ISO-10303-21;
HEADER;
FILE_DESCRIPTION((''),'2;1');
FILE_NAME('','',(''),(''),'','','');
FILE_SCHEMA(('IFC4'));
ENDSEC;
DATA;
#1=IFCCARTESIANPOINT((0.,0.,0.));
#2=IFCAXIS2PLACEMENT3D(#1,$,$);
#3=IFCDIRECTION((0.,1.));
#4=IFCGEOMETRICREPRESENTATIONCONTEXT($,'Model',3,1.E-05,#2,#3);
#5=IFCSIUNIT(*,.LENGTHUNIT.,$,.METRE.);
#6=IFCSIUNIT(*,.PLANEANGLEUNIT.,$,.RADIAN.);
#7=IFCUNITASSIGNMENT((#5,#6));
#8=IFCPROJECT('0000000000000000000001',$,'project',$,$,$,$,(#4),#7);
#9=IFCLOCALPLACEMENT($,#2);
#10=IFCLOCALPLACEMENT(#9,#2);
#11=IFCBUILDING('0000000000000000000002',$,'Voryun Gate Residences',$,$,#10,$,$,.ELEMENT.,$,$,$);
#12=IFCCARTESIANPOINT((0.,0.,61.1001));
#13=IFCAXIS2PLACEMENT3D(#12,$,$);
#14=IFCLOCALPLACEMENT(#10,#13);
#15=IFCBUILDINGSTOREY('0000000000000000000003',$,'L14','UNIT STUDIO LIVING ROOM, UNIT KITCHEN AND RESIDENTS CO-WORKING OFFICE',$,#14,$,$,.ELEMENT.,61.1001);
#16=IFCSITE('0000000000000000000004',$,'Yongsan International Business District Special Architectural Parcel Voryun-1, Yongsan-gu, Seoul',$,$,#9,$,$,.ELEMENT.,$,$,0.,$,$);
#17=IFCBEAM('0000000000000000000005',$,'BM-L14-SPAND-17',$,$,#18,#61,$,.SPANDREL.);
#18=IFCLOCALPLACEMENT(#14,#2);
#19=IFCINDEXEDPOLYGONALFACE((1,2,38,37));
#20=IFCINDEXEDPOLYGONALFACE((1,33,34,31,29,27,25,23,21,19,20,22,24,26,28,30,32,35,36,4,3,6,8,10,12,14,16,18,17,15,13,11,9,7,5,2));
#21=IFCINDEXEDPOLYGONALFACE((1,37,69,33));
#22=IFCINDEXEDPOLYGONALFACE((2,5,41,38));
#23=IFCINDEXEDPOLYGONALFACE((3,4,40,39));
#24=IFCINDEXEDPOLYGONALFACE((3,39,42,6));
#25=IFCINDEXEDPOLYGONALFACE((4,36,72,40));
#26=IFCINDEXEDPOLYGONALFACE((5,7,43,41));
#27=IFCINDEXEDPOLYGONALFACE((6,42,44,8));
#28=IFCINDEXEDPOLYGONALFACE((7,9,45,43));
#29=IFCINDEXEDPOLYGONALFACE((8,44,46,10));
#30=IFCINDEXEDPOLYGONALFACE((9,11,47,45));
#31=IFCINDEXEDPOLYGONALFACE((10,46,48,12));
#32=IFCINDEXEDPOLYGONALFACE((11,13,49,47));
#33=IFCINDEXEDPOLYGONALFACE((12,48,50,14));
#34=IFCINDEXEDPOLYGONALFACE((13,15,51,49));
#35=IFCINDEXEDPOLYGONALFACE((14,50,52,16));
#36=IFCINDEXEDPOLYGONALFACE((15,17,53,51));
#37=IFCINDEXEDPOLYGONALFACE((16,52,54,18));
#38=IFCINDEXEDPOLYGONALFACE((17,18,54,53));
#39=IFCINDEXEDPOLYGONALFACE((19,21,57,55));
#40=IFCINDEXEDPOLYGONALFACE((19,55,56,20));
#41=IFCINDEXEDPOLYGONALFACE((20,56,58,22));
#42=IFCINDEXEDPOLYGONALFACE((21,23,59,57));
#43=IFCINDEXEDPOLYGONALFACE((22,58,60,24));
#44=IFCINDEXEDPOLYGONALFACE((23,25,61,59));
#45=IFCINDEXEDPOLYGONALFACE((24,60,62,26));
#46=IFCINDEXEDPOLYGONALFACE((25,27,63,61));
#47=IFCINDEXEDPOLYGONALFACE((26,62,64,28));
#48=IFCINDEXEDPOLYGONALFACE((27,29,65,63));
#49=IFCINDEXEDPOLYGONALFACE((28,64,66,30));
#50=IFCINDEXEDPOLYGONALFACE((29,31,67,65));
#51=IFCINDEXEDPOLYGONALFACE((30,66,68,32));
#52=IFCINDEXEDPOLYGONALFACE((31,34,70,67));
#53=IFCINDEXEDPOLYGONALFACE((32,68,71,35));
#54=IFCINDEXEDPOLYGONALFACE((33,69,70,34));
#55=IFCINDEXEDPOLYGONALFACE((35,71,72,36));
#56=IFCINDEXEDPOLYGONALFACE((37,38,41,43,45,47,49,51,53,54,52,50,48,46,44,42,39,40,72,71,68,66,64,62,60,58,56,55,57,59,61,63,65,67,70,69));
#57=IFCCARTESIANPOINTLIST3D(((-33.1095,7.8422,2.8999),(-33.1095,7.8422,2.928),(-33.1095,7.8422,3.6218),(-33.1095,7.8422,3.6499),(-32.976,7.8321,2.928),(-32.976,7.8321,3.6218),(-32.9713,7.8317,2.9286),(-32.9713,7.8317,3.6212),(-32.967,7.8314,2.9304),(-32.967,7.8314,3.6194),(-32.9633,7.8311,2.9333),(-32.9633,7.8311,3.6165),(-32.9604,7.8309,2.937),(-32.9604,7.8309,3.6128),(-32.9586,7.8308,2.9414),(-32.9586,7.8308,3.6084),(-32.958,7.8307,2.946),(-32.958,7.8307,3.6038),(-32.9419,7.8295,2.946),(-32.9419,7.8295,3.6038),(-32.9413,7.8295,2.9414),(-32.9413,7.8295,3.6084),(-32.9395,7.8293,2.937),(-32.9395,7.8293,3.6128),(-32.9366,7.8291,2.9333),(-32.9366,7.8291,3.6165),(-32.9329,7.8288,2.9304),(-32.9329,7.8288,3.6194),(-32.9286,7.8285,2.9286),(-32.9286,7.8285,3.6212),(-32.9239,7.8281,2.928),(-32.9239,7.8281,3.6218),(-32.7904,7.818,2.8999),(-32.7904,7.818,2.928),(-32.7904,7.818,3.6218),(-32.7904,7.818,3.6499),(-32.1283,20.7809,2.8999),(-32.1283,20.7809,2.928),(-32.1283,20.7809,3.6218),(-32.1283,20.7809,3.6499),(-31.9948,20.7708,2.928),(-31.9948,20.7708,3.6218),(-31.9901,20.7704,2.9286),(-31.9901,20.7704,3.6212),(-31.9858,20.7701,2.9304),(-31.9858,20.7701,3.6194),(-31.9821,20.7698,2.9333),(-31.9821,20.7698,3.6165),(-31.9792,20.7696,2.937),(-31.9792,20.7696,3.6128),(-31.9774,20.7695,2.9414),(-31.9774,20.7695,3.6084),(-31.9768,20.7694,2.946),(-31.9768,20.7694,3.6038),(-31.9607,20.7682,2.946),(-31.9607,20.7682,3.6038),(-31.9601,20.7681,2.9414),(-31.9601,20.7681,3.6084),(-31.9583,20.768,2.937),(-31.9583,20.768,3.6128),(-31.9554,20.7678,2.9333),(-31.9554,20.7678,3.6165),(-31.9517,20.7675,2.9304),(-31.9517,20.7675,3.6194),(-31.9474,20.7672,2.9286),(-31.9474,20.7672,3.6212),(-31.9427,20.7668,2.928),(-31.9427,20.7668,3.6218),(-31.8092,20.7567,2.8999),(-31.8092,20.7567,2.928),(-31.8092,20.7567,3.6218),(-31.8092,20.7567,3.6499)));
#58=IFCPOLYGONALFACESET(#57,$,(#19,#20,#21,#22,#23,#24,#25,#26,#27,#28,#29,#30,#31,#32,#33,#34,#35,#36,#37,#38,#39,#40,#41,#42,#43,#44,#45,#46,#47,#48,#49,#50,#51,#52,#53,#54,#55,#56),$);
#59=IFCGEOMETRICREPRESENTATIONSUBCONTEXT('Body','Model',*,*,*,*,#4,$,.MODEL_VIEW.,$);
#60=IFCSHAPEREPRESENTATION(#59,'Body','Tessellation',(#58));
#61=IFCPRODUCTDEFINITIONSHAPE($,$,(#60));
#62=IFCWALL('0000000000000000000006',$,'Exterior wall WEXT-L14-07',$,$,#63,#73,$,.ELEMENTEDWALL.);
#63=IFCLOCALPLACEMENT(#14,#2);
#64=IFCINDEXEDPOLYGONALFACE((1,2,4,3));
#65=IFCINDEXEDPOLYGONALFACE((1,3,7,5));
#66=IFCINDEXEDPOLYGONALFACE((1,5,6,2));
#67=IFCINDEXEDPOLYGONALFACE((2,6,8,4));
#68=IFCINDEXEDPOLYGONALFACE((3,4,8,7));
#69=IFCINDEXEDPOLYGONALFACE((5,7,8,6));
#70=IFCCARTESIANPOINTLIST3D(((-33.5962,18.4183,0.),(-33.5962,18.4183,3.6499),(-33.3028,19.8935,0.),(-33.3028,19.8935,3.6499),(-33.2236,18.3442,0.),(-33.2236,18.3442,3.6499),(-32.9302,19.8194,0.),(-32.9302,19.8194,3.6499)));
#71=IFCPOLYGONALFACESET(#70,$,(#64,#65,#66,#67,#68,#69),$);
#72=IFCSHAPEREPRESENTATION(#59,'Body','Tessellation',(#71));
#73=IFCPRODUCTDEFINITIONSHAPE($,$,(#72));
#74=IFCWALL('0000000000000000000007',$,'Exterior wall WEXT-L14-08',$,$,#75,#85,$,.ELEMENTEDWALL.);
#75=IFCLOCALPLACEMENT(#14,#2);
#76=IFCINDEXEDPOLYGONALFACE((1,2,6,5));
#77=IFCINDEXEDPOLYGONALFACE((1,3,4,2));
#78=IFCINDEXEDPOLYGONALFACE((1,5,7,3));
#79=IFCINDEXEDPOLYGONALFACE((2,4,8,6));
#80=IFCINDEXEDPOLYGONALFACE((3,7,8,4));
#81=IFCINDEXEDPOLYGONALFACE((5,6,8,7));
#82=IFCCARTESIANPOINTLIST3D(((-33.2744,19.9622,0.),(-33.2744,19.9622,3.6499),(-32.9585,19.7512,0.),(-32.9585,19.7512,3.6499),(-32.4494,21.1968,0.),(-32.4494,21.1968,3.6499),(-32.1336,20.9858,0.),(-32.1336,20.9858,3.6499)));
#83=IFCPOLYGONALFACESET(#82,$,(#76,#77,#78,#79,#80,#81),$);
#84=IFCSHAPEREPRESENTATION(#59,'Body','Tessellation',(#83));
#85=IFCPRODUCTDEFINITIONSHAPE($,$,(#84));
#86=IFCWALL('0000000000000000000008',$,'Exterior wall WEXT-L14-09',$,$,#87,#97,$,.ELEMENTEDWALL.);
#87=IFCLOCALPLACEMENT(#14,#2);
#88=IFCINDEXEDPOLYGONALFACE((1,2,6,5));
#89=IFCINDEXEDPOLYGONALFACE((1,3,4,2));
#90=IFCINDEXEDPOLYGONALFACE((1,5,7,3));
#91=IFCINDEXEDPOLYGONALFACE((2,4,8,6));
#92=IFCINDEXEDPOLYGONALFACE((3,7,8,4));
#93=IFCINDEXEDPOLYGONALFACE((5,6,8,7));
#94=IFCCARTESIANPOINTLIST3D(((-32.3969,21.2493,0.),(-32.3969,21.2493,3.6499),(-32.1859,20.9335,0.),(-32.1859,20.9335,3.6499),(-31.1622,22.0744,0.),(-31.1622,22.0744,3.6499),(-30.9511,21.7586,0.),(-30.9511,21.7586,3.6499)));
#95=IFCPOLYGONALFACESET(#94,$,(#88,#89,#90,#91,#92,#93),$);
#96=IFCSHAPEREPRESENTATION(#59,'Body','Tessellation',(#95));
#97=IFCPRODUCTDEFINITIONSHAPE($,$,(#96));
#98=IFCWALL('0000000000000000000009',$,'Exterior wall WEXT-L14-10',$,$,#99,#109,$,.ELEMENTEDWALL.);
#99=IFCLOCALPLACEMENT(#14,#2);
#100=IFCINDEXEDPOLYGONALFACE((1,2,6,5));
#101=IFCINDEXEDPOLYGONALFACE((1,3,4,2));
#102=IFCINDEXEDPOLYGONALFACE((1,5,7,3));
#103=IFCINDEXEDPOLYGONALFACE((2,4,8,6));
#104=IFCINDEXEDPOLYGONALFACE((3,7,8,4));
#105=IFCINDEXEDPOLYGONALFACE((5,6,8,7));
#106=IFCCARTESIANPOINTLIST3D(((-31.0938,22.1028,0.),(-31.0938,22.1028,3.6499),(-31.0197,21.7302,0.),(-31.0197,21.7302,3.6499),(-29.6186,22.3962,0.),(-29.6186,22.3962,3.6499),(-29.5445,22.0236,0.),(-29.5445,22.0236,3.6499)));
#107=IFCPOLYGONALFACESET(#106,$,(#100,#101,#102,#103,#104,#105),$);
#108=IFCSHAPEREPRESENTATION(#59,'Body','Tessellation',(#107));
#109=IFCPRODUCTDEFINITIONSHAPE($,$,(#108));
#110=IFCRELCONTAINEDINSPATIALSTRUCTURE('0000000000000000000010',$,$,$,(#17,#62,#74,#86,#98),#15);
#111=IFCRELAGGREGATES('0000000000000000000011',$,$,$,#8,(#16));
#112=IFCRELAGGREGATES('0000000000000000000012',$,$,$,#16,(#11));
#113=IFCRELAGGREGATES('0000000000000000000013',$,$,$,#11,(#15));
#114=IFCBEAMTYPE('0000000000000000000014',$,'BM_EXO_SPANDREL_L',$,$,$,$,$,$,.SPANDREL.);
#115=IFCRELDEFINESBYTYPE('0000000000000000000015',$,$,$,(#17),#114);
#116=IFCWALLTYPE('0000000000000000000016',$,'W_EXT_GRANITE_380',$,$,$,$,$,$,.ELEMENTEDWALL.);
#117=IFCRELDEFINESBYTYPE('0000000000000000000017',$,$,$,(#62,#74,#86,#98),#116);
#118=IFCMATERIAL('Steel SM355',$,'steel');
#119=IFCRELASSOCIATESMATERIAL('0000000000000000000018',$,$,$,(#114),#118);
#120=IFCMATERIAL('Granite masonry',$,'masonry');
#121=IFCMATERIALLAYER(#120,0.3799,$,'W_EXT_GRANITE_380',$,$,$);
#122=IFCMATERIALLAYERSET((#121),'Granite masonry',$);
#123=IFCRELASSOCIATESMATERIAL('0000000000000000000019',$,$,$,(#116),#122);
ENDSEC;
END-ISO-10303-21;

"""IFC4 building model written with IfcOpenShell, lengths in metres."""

from ifc_helpers import new_model, si_unit, direction, frame, frame_2d, origin, origin_2d, place, context, subcontext, project, spatial, rectangle, i_section, extrude, material, layer, layer_set, material_profile, profile_set, type_object, element, save


model = new_model("IFC4")

# Units and contexts
model_context = context("Model", 3, precision=1e-05, world=origin(), true_north=direction((0.0, 1.0)))
body_context = subcontext(model_context, "Body", "Model", "MODEL_VIEW")
ifc_project = project(units=[si_unit("LENGTHUNIT", "METRE"), si_unit("PLANEANGLEUNIT", "RADIAN")], contexts=[model_context])

# Site, building, storey
site_placement = place(None, origin())
site = spatial("IfcSite", under=ifc_project, at=site_placement, Name="Yongsan International Business District Special Architectural Parcel Voryun-1, Yongsan-gu, Seoul", CompositionType="ELEMENT", RefElevation=0.0)
building_placement = place(site_placement, origin())
building = spatial("IfcBuilding", under=site, at=building_placement, Name="Voryun Gate Residences", CompositionType="ELEMENT")
storey_placement = place(building_placement, frame((0.0, 0.0, 61.1001)))
storey = spatial("IfcBuildingStorey", under=building, at=storey_placement, Name="L14", Description="UNIT STUDIO LIVING ROOM, UNIT KITCHEN AND RESIDENTS CO-WORKING OFFICE", CompositionType="ELEMENT", Elevation=61.1001)

# Beam
ifc_material_1 = material(Name="Steel SM355", Category="steel")
ifc_material_profile_1 = material_profile(ifc_material_1, i_section(OverallWidth=0.3201, OverallDepth=0.75, WebThickness=0.0161, FlangeThickness=0.0281, FilletRadius=0.0181, at=origin_2d()), Name="H-750x320x16x28")
ifc_profile_set_1 = profile_set([ifc_material_profile_1], Name="Steel SM355")
beam_type = type_object("IfcBeamType", Name="BM_EXO_SPANDREL_L", PredefinedType="SPANDREL", material=ifc_profile_set_1)
beam_1_placement = place(storey_placement, frame((-31.9688, 20.7688, 3.2749), z_axis=(-0.075617, -0.997137, 0.0), x_axis=(0.997137, -0.075617, 0.0)))
element("IfcBeam", 1, at=beam_1_placement, inside=storey, type_object=beam_type, Name="BM-L14-SPAND-17", PredefinedType="SPANDREL", context=body_context, shape_type="SweptSolid", body=[
    extrude(i_section(OverallWidth=0.3201, OverallDepth=0.75, WebThickness=0.0161, FlangeThickness=0.0281, FilletRadius=0.0181, at=origin_2d()), origin(), (0.0, 0.0, 1.0), 12.9758),
])

# Walls
ifc_material_2 = material(Name="Granite masonry", Category="masonry")
ifc_layer_1 = layer(ifc_material_2, 0.3799, Name="W_EXT_GRANITE_380")
ifc_layer_set_1 = layer_set([ifc_layer_1], Name="Granite masonry")
wall_type_1 = type_object("IfcWallType", Name="W_EXT_GRANITE_380", PredefinedType="ELEMENTEDWALL", material=ifc_layer_set_1)
wall_1_placement = place(storey_placement, frame((-33.4099, 18.3813, 0.0), z_axis=(0.0, 0.0, 1.0), x_axis=(0.195086, 0.980786, 0.0)))
element("IfcWall", 2, at=wall_1_placement, inside=storey, type_object=wall_type_1, Name="Exterior wall WEXT-L14-07", PredefinedType="ELEMENTEDWALL", context=body_context, shape_type="SweptSolid", body=[
    extrude(rectangle(XDim=1.5042, YDim=0.3799, at=frame_2d((0.752, 0.0))), origin(), (0.0, 0.0, 1.0), 3.6499),
])
wall_2_placement = place(storey_placement, frame((-33.1165, 19.8567, 0.0), z_axis=(0.0, 0.0, 1.0), x_axis=(0.555573, 0.831468, 0.0)))
element("IfcWall", 3, at=wall_2_placement, inside=storey, type_object=wall_type_1, Name="Exterior wall WEXT-L14-08", PredefinedType="ELEMENTEDWALL", context=body_context, shape_type="SweptSolid", body=[
    extrude(rectangle(XDim=1.4849, YDim=0.3799, at=frame_2d((0.7424, 0.0))), origin(), (0.0, 0.0, 1.0), 3.6499),
])
wall_3_placement = place(storey_placement, frame((-32.2915, 21.0913, 0.0), z_axis=(0.0, 0.0, 1.0), x_axis=(0.831443, 0.55561, 0.0)))
element("IfcWall", 4, at=wall_3_placement, inside=storey, type_object=wall_type_1, Name="Exterior wall WEXT-L14-09", PredefinedType="ELEMENTEDWALL", context=body_context, shape_type="SweptSolid", body=[
    extrude(rectangle(XDim=1.4851, YDim=0.3799, at=frame_2d((0.7427, 0.0))), origin(), (0.0, 0.0, 1.0), 3.6499),
])
wall_4_placement = place(storey_placement, frame((-31.0566, 21.9165, 0.0), z_axis=(0.0, 0.0, 1.0), x_axis=(0.980786, 0.195086, 0.0)))
element("IfcWall", 5, at=wall_4_placement, inside=storey, type_object=wall_type_1, Name="Exterior wall WEXT-L14-10", PredefinedType="ELEMENTEDWALL", context=body_context, shape_type="SweptSolid", body=[
    extrude(rectangle(XDim=1.5042, YDim=0.3799, at=frame_2d((0.752, 0.0))), origin(), (0.0, 0.0, 1.0), 3.6499),
])

save(model, "model.ifc")
